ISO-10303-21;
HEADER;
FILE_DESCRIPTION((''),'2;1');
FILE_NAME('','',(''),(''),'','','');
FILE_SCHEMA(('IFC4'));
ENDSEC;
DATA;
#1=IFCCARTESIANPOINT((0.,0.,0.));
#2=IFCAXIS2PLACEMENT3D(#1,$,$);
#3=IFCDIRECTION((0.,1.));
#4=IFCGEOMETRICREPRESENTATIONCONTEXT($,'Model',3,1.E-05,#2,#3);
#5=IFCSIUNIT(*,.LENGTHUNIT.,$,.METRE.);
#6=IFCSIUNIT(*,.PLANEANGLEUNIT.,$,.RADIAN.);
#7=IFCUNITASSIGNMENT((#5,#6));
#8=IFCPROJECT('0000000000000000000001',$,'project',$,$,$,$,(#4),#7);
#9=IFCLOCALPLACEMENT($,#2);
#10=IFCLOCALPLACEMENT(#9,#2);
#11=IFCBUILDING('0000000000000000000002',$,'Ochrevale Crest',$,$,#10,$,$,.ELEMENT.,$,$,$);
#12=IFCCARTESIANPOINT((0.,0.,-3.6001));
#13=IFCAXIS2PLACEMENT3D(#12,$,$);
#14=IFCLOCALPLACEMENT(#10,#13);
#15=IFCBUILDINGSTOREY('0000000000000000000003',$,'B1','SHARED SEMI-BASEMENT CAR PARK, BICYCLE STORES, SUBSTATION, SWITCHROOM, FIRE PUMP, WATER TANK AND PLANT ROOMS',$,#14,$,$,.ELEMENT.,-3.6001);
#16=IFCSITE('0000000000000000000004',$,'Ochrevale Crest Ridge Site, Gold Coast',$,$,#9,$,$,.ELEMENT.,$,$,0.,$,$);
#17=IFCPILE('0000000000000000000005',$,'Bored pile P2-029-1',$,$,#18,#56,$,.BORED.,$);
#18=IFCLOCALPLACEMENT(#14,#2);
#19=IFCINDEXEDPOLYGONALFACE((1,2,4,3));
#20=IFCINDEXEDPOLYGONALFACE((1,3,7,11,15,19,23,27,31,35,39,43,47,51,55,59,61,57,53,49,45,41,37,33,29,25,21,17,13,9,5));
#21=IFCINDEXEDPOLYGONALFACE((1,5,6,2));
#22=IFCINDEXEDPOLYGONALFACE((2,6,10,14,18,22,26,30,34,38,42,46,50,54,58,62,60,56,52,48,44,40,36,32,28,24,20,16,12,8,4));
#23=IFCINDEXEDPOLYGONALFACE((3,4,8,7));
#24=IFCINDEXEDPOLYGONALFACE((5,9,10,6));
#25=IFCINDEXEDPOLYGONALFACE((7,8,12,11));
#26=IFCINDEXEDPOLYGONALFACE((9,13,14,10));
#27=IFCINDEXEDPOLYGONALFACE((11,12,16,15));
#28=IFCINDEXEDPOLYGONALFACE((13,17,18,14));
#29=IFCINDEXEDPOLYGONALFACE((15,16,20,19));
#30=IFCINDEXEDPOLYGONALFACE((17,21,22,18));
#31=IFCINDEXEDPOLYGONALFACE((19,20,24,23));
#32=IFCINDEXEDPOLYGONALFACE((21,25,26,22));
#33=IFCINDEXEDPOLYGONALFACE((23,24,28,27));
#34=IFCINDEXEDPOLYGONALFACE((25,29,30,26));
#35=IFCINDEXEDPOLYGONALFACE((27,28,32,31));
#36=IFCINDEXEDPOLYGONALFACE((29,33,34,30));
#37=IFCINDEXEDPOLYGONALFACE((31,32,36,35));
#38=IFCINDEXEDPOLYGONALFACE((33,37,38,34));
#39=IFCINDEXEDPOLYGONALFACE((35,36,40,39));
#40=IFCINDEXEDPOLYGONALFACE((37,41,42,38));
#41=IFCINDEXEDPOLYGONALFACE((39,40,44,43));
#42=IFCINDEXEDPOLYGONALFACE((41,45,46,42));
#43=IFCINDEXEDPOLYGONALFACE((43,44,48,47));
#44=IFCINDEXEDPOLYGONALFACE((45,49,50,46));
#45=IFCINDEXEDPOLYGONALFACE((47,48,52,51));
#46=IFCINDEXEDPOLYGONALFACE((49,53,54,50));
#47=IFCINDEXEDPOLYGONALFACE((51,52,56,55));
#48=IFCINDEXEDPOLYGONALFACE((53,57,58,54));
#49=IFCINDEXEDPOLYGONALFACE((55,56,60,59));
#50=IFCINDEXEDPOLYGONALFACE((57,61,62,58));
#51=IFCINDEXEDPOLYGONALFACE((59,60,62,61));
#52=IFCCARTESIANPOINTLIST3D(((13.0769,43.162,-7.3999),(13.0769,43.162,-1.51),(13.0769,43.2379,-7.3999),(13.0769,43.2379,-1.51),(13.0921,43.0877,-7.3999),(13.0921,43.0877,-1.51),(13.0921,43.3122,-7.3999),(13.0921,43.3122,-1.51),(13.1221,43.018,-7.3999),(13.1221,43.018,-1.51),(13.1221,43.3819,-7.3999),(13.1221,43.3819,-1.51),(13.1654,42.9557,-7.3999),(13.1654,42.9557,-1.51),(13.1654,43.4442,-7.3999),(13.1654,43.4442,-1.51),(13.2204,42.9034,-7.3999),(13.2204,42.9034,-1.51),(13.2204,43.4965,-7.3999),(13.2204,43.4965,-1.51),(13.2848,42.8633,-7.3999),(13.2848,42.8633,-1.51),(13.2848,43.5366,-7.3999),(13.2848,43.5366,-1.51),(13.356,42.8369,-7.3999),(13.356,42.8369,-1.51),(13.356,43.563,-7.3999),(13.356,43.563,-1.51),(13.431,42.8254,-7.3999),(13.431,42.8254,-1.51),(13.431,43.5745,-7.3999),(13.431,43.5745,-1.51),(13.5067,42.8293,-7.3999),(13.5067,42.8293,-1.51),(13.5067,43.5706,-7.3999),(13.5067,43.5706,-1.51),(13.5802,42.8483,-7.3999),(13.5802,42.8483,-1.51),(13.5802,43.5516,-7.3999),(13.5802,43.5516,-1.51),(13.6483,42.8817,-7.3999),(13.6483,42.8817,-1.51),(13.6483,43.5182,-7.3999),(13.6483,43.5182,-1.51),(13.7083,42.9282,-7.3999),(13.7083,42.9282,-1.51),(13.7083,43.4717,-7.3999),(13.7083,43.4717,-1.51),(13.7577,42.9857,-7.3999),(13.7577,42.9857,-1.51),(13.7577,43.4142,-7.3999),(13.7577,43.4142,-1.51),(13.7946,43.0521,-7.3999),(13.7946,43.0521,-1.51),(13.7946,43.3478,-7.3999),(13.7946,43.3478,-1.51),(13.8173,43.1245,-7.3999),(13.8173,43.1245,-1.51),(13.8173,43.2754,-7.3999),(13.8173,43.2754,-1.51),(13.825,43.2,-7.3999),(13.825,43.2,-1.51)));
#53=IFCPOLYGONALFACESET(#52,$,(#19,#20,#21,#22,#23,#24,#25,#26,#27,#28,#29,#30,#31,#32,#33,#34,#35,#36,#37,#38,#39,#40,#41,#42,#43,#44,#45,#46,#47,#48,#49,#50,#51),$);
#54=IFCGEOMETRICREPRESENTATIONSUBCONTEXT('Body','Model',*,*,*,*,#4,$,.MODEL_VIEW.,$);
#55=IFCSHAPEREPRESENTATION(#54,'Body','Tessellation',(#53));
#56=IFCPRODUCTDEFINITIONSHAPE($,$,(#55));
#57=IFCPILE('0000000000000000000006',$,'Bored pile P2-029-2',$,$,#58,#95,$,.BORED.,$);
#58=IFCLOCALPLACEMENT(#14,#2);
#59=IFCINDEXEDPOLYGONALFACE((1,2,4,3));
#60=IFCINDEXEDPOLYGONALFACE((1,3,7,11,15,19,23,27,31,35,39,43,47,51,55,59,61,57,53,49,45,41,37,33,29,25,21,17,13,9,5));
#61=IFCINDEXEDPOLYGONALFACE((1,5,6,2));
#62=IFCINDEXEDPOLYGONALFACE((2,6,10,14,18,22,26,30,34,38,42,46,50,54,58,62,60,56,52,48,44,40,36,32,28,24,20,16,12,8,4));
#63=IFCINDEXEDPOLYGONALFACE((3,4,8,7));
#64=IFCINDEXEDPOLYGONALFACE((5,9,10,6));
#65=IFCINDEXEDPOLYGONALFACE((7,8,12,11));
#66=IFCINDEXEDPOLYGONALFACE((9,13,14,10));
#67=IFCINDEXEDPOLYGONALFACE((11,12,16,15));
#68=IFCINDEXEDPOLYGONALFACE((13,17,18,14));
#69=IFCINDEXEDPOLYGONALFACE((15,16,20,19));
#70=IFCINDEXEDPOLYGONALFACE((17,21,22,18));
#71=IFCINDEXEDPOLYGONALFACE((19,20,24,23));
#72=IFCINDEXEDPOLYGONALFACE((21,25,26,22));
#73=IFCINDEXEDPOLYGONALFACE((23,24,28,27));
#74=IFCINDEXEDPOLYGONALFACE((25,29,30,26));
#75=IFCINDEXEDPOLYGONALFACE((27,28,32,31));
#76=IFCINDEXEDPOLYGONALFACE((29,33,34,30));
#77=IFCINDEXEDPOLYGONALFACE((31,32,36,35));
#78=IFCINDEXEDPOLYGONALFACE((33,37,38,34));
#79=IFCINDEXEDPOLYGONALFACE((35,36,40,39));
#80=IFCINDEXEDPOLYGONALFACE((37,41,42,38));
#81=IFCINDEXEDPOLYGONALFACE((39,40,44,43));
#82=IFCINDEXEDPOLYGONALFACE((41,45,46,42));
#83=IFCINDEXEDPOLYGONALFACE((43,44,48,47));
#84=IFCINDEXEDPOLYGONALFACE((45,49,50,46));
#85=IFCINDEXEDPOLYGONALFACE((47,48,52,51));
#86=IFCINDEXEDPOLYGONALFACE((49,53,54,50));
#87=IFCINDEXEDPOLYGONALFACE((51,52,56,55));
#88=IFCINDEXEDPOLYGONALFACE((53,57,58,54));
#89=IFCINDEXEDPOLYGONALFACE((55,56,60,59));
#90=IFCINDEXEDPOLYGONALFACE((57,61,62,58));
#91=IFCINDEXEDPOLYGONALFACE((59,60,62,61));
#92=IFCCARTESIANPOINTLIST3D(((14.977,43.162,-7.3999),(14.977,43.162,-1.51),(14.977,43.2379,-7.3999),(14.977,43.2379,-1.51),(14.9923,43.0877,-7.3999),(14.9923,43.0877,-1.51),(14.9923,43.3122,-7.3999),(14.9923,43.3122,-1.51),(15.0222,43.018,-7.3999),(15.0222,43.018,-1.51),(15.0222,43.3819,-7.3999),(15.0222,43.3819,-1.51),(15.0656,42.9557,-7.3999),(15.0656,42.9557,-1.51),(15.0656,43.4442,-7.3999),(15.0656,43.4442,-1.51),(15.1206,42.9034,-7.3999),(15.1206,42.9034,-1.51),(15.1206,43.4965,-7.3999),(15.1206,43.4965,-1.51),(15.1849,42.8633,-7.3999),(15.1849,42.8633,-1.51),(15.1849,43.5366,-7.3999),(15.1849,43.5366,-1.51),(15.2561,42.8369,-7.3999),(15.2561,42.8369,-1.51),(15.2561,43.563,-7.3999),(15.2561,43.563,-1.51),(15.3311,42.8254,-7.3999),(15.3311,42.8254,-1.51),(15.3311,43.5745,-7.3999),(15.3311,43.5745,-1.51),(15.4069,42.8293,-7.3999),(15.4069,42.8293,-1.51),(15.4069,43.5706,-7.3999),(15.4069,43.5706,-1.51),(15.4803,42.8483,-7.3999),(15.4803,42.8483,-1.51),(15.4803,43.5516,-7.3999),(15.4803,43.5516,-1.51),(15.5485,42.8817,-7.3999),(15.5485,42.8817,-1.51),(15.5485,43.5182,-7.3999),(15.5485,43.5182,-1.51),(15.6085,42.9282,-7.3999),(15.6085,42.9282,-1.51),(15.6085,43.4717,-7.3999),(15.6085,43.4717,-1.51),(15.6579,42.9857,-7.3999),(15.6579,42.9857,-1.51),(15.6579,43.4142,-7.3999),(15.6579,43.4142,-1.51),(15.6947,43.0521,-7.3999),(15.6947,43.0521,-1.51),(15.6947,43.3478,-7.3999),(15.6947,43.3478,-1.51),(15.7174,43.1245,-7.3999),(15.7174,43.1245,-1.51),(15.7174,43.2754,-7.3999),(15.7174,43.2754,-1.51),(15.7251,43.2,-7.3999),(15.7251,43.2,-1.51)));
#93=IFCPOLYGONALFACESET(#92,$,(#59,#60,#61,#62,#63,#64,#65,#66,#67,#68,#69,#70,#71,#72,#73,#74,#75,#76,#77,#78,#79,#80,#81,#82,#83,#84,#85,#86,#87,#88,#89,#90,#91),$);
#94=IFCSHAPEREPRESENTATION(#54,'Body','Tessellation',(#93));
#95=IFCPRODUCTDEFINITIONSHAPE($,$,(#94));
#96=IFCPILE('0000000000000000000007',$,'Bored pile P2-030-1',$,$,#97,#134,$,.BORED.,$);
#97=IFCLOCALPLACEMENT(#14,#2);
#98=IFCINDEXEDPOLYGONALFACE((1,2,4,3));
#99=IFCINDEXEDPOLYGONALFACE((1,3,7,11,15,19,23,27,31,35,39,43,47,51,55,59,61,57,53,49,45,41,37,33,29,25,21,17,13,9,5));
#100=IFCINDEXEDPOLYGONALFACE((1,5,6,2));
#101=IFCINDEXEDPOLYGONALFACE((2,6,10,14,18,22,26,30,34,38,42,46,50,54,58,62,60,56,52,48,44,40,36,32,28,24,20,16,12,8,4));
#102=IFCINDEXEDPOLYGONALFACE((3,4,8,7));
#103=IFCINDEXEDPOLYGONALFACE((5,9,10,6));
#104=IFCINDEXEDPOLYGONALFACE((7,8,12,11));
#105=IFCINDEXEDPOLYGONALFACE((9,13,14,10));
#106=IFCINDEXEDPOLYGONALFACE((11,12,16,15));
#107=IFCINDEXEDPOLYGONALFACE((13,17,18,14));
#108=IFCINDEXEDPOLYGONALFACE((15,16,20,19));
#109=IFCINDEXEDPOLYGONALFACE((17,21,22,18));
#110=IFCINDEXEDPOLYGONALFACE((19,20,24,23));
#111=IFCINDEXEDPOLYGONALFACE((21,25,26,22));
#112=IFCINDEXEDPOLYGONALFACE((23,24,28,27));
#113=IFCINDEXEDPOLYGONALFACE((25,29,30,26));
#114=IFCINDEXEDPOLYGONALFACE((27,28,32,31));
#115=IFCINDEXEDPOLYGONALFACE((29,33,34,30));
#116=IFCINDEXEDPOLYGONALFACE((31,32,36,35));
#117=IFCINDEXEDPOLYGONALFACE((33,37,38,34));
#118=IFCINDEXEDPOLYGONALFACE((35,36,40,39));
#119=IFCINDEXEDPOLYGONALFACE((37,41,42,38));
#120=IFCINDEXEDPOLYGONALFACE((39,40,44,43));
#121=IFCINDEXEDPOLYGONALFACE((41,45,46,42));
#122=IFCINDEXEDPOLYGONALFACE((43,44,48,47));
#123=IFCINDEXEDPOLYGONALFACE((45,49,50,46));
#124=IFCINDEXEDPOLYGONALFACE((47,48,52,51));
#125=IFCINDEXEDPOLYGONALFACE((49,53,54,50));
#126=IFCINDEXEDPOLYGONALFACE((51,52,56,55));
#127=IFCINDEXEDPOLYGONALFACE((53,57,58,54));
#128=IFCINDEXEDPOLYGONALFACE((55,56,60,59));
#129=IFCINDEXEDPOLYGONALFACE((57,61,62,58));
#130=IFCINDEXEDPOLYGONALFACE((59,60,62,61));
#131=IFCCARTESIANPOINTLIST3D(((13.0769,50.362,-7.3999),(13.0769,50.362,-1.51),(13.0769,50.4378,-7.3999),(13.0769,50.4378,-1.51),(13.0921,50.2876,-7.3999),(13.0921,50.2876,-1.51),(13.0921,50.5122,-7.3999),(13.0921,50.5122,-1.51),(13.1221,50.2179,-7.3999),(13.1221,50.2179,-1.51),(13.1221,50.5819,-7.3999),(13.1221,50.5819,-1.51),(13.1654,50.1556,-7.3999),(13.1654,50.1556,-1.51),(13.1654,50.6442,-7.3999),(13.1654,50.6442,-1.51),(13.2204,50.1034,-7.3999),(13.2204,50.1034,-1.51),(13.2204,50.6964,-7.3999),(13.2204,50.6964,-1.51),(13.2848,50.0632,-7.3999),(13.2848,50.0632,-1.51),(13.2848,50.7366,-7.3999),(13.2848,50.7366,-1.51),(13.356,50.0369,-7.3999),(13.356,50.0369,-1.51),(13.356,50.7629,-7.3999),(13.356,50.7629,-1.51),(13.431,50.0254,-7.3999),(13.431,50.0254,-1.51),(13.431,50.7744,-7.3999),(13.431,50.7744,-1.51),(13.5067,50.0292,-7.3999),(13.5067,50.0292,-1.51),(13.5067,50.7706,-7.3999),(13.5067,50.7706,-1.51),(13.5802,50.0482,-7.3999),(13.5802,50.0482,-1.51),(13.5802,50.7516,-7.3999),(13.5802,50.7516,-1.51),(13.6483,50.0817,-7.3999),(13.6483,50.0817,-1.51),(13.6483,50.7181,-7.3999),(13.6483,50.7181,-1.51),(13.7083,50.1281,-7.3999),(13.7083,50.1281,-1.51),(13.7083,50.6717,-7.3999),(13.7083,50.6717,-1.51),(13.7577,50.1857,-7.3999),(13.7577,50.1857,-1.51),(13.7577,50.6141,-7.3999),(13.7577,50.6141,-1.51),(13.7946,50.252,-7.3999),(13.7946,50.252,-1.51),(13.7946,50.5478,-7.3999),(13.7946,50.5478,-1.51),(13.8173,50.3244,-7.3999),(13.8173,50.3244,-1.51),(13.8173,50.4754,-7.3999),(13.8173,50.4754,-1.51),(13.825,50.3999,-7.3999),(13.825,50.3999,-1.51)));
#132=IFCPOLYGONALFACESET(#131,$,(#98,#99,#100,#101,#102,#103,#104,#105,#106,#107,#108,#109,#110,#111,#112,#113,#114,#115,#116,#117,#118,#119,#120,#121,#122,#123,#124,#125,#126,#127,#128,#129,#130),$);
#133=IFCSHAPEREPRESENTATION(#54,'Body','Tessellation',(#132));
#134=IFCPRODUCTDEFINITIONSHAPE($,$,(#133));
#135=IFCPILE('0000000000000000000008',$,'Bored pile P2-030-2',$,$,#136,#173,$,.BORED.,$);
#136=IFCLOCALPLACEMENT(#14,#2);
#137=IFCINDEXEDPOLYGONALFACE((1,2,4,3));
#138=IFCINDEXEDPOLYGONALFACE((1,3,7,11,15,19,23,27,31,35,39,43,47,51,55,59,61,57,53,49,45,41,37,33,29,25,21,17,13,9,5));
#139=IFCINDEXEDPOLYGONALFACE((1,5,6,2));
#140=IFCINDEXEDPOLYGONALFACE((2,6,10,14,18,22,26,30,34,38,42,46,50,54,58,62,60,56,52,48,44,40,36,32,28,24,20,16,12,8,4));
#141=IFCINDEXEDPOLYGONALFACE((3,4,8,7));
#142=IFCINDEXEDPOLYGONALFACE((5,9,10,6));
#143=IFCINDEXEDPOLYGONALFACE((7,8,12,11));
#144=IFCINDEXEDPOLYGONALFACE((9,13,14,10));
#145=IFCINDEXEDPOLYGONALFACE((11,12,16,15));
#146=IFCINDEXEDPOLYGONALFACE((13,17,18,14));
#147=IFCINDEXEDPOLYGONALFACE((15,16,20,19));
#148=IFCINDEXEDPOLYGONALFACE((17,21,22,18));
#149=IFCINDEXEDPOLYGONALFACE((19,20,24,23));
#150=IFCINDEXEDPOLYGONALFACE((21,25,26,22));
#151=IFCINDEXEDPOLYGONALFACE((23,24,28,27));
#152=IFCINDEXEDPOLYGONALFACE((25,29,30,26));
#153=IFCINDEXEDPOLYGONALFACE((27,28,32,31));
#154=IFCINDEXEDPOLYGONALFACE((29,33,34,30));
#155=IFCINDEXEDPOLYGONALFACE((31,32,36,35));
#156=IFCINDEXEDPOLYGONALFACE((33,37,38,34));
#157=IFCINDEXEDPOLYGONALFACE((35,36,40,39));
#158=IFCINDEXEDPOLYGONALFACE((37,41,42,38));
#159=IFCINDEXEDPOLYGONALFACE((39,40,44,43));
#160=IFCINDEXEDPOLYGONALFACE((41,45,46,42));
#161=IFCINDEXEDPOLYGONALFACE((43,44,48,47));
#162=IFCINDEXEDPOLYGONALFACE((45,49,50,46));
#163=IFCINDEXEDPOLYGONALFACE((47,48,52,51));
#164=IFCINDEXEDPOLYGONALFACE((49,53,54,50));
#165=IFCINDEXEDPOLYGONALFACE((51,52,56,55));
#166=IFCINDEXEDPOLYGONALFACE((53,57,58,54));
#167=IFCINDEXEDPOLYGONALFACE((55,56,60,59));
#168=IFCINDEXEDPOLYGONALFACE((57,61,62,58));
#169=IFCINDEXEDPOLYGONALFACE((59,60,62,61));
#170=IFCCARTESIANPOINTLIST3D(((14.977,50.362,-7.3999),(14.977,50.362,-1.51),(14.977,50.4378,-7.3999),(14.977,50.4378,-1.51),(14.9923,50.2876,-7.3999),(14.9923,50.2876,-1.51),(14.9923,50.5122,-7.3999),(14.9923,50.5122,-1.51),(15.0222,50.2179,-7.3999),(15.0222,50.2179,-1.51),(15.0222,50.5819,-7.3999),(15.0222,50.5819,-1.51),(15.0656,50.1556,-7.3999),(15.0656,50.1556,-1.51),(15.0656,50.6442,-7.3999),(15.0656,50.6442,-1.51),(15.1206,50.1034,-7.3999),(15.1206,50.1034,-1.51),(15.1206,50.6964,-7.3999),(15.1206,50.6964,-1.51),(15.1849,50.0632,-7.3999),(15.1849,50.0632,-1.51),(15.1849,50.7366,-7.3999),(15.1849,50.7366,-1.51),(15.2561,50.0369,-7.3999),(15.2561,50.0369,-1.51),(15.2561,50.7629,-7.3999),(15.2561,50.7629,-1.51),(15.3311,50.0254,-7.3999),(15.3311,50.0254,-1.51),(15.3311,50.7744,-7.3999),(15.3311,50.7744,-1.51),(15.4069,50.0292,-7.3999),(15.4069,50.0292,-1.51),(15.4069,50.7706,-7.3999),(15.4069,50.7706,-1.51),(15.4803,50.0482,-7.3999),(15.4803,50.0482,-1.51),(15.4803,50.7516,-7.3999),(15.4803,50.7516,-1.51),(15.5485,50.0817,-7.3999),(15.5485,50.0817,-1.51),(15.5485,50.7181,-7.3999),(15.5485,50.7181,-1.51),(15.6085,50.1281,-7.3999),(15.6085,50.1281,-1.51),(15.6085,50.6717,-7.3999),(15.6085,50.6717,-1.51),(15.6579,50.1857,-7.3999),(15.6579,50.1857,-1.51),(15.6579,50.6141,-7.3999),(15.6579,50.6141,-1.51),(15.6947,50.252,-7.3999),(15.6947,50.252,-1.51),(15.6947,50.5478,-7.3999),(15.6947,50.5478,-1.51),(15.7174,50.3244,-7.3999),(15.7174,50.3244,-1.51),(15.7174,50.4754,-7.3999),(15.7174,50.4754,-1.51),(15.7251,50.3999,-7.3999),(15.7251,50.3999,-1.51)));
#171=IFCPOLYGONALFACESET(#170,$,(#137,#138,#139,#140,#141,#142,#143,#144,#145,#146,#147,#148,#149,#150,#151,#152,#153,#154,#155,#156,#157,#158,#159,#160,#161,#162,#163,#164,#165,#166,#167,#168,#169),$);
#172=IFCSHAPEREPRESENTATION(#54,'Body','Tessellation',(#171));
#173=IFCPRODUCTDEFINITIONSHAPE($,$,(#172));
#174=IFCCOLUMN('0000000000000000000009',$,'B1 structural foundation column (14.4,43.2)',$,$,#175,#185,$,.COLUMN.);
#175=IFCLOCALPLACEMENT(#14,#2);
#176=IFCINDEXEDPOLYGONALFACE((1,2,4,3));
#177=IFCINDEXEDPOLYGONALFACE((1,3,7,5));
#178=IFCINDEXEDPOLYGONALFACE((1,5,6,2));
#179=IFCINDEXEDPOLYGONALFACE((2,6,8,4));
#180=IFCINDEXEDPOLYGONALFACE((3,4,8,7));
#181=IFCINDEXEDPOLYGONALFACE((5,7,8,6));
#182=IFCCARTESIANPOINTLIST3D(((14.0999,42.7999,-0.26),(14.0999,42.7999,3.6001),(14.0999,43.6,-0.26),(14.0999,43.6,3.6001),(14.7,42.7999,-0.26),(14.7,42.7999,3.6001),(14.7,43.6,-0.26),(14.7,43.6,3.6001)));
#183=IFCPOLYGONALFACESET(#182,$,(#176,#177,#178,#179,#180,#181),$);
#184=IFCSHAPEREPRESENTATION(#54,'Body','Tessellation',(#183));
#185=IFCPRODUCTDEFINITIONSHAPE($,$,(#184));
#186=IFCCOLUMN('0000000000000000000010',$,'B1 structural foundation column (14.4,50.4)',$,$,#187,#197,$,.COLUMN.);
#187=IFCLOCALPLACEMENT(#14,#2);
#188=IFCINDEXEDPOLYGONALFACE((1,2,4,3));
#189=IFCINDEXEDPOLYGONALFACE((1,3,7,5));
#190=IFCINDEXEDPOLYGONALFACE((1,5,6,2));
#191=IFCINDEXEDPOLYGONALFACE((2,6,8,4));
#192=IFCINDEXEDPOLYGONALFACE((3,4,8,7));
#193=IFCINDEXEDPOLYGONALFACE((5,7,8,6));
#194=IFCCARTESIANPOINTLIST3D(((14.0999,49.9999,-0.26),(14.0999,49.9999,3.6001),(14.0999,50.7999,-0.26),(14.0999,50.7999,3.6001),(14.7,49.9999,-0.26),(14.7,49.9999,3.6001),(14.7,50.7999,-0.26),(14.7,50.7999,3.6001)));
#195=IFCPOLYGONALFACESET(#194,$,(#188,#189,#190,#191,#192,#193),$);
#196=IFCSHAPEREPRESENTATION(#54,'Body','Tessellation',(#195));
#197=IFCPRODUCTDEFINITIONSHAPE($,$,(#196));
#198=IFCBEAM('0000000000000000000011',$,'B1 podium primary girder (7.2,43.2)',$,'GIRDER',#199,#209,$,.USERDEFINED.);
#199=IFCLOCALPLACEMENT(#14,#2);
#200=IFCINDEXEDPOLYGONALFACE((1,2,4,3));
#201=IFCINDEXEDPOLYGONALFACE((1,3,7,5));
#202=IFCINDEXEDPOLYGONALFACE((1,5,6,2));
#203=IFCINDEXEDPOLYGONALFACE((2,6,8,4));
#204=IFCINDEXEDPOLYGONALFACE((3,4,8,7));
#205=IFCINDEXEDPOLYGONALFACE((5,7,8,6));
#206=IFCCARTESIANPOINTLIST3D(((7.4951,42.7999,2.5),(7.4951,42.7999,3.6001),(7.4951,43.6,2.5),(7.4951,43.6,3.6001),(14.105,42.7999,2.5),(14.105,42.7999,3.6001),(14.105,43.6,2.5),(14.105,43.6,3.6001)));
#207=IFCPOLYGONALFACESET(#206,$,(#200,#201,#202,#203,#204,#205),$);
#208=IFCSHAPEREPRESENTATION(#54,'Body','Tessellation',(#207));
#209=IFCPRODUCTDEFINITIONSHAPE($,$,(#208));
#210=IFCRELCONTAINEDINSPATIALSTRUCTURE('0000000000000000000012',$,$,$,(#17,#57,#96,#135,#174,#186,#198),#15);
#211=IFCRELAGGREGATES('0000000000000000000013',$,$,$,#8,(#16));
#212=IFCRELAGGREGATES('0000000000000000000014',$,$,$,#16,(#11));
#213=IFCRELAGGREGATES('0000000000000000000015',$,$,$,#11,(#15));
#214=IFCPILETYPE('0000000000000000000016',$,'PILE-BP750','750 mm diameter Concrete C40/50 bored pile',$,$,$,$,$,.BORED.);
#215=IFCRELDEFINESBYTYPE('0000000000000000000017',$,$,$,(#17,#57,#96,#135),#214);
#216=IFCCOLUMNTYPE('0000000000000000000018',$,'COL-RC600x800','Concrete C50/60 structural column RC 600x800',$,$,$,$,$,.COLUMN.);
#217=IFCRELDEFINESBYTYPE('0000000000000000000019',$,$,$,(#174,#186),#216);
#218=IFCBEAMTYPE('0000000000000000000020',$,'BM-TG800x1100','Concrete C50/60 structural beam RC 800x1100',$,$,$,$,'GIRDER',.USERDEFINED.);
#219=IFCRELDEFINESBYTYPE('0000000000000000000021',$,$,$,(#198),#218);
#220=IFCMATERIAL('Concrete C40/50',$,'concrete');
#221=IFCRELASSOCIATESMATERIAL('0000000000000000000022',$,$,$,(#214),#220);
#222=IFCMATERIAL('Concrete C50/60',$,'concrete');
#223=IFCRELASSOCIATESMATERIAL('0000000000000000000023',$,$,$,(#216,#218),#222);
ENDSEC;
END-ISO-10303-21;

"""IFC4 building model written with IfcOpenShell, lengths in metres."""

from ifc_helpers import new_model, si_unit, direction, frame, origin, origin_2d, place, context, subcontext, project, spatial, rectangle, circle, extrude, material, material_profile, profile_set, type_object, element, save


model = new_model("IFC4")

# Units and contexts
model_context = context("Model", 3, precision=1e-05, world=origin(), true_north=direction((0.0, 1.0)))
body_context = subcontext(model_context, "Body", "Model", "MODEL_VIEW")
ifc_project = project(units=[si_unit("LENGTHUNIT", "METRE"), si_unit("PLANEANGLEUNIT", "RADIAN")], contexts=[model_context])

# Site, building, storey
site_placement = place(None, origin())
site = spatial("IfcSite", under=ifc_project, at=site_placement, Name="Ochrevale Crest Ridge Site, Gold Coast", CompositionType="ELEMENT", RefElevation=0.0)
building_placement = place(site_placement, origin())
building = spatial("IfcBuilding", under=site, at=building_placement, Name="Ochrevale Crest", CompositionType="ELEMENT")
storey_placement = place(building_placement, frame((0.0, 0.0, -3.6001)))
storey = spatial("IfcBuildingStorey", under=building, at=storey_placement, Name="B1", Description="SHARED SEMI-BASEMENT CAR PARK, BICYCLE STORES, SUBSTATION, SWITCHROOM, FIRE PUMP, WATER TANK AND PLANT ROOMS", CompositionType="ELEMENT", Elevation=-3.6001)

# Shared definitions
ifc_material_1 = material(Name="Concrete C40/50", Category="concrete")

# Piles
ifc_material_profile_1 = material_profile(ifc_material_1, circle(Radius=0.375, at=origin_2d()), Name="BORED PILE 750")
ifc_profile_set_1 = profile_set([ifc_material_profile_1], Name="Concrete C40/50")
pile_type = type_object("IfcPileType", Name="PILE-BP750", Description="750 mm diameter Concrete C40/50 bored pile", PredefinedType="BORED", material=ifc_profile_set_1)
for number, where, z_axis, x_axis, name in (
    (1, (13.45, 43.2, -1.51), (0.0, 0.0, -1.0), (1.0, 0.0, 0.0), "Bored pile P2-029-1"),
    (2, (15.3501, 43.2, -1.51), (0.0, 0.0, -1.0), (1.0, 0.0, 0.0), "Bored pile P2-029-2"),
    (3, (13.45, 50.3999, -1.51), (0.0, 0.0, -1.0), (1.0, 0.0, 0.0), "Bored pile P2-030-1"),
    (4, (15.3501, 50.3999, -1.51), (0.0, 0.0, -1.0), (1.0, 0.0, 0.0), "Bored pile P2-030-2"),
):
    element("IfcPile", number, at=place(storey_placement, frame(where, z_axis=z_axis, x_axis=x_axis)), inside=storey, type_object=pile_type, Name=name, PredefinedType="BORED", context=body_context, shape_type="SweptSolid", body=[
        extrude(circle(Radius=0.375, at=origin_2d()), origin(), (0.0, 0.0, 1.0), 5.8899),
    ])

# Columns
ifc_material_2 = material(Name="Concrete C50/60", Category="concrete")
ifc_material_profile_2 = material_profile(ifc_material_2, rectangle(XDim=0.6001, YDim=0.8, at=origin_2d()), Name="RC 600x800")
ifc_profile_set_2 = profile_set([ifc_material_profile_2], Name="Concrete C50/60")
column_type = type_object("IfcColumnType", Name="COL-RC600x800", Description="Concrete C50/60 structural column RC 600x800", PredefinedType="COLUMN", material=ifc_profile_set_2)
for number, where, z_axis, x_axis, name in (
    (5, (14.3999, 43.2, -0.26), (0.0, 0.0, 1.0), (1.0, 0.0, 0.0), "B1 structural foundation column (14.4,43.2)"),
    (6, (14.3999, 50.3999, -0.26), (0.0, 0.0, 1.0), (1.0, 0.0, 0.0), "B1 structural foundation column (14.4,50.4)"),
):
    element("IfcColumn", number, at=place(storey_placement, frame(where, z_axis=z_axis, x_axis=x_axis)), inside=storey, type_object=column_type, Name=name, PredefinedType="COLUMN", context=body_context, shape_type="SweptSolid", body=[
        extrude(rectangle(XDim=0.6001, YDim=0.8, at=origin_2d()), origin(), (0.0, 0.0, 1.0), 3.8601),
    ])

# Beam
ifc_material_profile_3 = material_profile(ifc_material_2, rectangle(XDim=0.8, YDim=1.1001, at=origin_2d()), Name="RC 800x1100")
ifc_profile_set_3 = profile_set([ifc_material_profile_3], Name="Concrete C50/60")
beam_type_1 = type_object("IfcBeamType", Name="BM-TG800x1100", Description="Concrete C50/60 structural beam RC 800x1100", ElementType="GIRDER", PredefinedType="USERDEFINED", material=ifc_profile_set_3)
for number, where, z_axis, x_axis, name in (
    (7, (7.4951, 43.2, 3.05), (1.0, 0.0, 0.0), (0.0, 1.0, 0.0), "B1 podium primary girder (7.2,43.2)"),
):
    element("IfcBeam", number, at=place(storey_placement, frame(where, z_axis=z_axis, x_axis=x_axis)), inside=storey, type_object=beam_type_1, Name=name, ObjectType="GIRDER", PredefinedType="USERDEFINED", context=body_context, shape_type="SweptSolid", body=[
        extrude(rectangle(XDim=0.8, YDim=1.1001, at=origin_2d()), origin(), (0.0, 0.0, 1.0), 6.6099),
    ])

save(model, "model.ifc")
